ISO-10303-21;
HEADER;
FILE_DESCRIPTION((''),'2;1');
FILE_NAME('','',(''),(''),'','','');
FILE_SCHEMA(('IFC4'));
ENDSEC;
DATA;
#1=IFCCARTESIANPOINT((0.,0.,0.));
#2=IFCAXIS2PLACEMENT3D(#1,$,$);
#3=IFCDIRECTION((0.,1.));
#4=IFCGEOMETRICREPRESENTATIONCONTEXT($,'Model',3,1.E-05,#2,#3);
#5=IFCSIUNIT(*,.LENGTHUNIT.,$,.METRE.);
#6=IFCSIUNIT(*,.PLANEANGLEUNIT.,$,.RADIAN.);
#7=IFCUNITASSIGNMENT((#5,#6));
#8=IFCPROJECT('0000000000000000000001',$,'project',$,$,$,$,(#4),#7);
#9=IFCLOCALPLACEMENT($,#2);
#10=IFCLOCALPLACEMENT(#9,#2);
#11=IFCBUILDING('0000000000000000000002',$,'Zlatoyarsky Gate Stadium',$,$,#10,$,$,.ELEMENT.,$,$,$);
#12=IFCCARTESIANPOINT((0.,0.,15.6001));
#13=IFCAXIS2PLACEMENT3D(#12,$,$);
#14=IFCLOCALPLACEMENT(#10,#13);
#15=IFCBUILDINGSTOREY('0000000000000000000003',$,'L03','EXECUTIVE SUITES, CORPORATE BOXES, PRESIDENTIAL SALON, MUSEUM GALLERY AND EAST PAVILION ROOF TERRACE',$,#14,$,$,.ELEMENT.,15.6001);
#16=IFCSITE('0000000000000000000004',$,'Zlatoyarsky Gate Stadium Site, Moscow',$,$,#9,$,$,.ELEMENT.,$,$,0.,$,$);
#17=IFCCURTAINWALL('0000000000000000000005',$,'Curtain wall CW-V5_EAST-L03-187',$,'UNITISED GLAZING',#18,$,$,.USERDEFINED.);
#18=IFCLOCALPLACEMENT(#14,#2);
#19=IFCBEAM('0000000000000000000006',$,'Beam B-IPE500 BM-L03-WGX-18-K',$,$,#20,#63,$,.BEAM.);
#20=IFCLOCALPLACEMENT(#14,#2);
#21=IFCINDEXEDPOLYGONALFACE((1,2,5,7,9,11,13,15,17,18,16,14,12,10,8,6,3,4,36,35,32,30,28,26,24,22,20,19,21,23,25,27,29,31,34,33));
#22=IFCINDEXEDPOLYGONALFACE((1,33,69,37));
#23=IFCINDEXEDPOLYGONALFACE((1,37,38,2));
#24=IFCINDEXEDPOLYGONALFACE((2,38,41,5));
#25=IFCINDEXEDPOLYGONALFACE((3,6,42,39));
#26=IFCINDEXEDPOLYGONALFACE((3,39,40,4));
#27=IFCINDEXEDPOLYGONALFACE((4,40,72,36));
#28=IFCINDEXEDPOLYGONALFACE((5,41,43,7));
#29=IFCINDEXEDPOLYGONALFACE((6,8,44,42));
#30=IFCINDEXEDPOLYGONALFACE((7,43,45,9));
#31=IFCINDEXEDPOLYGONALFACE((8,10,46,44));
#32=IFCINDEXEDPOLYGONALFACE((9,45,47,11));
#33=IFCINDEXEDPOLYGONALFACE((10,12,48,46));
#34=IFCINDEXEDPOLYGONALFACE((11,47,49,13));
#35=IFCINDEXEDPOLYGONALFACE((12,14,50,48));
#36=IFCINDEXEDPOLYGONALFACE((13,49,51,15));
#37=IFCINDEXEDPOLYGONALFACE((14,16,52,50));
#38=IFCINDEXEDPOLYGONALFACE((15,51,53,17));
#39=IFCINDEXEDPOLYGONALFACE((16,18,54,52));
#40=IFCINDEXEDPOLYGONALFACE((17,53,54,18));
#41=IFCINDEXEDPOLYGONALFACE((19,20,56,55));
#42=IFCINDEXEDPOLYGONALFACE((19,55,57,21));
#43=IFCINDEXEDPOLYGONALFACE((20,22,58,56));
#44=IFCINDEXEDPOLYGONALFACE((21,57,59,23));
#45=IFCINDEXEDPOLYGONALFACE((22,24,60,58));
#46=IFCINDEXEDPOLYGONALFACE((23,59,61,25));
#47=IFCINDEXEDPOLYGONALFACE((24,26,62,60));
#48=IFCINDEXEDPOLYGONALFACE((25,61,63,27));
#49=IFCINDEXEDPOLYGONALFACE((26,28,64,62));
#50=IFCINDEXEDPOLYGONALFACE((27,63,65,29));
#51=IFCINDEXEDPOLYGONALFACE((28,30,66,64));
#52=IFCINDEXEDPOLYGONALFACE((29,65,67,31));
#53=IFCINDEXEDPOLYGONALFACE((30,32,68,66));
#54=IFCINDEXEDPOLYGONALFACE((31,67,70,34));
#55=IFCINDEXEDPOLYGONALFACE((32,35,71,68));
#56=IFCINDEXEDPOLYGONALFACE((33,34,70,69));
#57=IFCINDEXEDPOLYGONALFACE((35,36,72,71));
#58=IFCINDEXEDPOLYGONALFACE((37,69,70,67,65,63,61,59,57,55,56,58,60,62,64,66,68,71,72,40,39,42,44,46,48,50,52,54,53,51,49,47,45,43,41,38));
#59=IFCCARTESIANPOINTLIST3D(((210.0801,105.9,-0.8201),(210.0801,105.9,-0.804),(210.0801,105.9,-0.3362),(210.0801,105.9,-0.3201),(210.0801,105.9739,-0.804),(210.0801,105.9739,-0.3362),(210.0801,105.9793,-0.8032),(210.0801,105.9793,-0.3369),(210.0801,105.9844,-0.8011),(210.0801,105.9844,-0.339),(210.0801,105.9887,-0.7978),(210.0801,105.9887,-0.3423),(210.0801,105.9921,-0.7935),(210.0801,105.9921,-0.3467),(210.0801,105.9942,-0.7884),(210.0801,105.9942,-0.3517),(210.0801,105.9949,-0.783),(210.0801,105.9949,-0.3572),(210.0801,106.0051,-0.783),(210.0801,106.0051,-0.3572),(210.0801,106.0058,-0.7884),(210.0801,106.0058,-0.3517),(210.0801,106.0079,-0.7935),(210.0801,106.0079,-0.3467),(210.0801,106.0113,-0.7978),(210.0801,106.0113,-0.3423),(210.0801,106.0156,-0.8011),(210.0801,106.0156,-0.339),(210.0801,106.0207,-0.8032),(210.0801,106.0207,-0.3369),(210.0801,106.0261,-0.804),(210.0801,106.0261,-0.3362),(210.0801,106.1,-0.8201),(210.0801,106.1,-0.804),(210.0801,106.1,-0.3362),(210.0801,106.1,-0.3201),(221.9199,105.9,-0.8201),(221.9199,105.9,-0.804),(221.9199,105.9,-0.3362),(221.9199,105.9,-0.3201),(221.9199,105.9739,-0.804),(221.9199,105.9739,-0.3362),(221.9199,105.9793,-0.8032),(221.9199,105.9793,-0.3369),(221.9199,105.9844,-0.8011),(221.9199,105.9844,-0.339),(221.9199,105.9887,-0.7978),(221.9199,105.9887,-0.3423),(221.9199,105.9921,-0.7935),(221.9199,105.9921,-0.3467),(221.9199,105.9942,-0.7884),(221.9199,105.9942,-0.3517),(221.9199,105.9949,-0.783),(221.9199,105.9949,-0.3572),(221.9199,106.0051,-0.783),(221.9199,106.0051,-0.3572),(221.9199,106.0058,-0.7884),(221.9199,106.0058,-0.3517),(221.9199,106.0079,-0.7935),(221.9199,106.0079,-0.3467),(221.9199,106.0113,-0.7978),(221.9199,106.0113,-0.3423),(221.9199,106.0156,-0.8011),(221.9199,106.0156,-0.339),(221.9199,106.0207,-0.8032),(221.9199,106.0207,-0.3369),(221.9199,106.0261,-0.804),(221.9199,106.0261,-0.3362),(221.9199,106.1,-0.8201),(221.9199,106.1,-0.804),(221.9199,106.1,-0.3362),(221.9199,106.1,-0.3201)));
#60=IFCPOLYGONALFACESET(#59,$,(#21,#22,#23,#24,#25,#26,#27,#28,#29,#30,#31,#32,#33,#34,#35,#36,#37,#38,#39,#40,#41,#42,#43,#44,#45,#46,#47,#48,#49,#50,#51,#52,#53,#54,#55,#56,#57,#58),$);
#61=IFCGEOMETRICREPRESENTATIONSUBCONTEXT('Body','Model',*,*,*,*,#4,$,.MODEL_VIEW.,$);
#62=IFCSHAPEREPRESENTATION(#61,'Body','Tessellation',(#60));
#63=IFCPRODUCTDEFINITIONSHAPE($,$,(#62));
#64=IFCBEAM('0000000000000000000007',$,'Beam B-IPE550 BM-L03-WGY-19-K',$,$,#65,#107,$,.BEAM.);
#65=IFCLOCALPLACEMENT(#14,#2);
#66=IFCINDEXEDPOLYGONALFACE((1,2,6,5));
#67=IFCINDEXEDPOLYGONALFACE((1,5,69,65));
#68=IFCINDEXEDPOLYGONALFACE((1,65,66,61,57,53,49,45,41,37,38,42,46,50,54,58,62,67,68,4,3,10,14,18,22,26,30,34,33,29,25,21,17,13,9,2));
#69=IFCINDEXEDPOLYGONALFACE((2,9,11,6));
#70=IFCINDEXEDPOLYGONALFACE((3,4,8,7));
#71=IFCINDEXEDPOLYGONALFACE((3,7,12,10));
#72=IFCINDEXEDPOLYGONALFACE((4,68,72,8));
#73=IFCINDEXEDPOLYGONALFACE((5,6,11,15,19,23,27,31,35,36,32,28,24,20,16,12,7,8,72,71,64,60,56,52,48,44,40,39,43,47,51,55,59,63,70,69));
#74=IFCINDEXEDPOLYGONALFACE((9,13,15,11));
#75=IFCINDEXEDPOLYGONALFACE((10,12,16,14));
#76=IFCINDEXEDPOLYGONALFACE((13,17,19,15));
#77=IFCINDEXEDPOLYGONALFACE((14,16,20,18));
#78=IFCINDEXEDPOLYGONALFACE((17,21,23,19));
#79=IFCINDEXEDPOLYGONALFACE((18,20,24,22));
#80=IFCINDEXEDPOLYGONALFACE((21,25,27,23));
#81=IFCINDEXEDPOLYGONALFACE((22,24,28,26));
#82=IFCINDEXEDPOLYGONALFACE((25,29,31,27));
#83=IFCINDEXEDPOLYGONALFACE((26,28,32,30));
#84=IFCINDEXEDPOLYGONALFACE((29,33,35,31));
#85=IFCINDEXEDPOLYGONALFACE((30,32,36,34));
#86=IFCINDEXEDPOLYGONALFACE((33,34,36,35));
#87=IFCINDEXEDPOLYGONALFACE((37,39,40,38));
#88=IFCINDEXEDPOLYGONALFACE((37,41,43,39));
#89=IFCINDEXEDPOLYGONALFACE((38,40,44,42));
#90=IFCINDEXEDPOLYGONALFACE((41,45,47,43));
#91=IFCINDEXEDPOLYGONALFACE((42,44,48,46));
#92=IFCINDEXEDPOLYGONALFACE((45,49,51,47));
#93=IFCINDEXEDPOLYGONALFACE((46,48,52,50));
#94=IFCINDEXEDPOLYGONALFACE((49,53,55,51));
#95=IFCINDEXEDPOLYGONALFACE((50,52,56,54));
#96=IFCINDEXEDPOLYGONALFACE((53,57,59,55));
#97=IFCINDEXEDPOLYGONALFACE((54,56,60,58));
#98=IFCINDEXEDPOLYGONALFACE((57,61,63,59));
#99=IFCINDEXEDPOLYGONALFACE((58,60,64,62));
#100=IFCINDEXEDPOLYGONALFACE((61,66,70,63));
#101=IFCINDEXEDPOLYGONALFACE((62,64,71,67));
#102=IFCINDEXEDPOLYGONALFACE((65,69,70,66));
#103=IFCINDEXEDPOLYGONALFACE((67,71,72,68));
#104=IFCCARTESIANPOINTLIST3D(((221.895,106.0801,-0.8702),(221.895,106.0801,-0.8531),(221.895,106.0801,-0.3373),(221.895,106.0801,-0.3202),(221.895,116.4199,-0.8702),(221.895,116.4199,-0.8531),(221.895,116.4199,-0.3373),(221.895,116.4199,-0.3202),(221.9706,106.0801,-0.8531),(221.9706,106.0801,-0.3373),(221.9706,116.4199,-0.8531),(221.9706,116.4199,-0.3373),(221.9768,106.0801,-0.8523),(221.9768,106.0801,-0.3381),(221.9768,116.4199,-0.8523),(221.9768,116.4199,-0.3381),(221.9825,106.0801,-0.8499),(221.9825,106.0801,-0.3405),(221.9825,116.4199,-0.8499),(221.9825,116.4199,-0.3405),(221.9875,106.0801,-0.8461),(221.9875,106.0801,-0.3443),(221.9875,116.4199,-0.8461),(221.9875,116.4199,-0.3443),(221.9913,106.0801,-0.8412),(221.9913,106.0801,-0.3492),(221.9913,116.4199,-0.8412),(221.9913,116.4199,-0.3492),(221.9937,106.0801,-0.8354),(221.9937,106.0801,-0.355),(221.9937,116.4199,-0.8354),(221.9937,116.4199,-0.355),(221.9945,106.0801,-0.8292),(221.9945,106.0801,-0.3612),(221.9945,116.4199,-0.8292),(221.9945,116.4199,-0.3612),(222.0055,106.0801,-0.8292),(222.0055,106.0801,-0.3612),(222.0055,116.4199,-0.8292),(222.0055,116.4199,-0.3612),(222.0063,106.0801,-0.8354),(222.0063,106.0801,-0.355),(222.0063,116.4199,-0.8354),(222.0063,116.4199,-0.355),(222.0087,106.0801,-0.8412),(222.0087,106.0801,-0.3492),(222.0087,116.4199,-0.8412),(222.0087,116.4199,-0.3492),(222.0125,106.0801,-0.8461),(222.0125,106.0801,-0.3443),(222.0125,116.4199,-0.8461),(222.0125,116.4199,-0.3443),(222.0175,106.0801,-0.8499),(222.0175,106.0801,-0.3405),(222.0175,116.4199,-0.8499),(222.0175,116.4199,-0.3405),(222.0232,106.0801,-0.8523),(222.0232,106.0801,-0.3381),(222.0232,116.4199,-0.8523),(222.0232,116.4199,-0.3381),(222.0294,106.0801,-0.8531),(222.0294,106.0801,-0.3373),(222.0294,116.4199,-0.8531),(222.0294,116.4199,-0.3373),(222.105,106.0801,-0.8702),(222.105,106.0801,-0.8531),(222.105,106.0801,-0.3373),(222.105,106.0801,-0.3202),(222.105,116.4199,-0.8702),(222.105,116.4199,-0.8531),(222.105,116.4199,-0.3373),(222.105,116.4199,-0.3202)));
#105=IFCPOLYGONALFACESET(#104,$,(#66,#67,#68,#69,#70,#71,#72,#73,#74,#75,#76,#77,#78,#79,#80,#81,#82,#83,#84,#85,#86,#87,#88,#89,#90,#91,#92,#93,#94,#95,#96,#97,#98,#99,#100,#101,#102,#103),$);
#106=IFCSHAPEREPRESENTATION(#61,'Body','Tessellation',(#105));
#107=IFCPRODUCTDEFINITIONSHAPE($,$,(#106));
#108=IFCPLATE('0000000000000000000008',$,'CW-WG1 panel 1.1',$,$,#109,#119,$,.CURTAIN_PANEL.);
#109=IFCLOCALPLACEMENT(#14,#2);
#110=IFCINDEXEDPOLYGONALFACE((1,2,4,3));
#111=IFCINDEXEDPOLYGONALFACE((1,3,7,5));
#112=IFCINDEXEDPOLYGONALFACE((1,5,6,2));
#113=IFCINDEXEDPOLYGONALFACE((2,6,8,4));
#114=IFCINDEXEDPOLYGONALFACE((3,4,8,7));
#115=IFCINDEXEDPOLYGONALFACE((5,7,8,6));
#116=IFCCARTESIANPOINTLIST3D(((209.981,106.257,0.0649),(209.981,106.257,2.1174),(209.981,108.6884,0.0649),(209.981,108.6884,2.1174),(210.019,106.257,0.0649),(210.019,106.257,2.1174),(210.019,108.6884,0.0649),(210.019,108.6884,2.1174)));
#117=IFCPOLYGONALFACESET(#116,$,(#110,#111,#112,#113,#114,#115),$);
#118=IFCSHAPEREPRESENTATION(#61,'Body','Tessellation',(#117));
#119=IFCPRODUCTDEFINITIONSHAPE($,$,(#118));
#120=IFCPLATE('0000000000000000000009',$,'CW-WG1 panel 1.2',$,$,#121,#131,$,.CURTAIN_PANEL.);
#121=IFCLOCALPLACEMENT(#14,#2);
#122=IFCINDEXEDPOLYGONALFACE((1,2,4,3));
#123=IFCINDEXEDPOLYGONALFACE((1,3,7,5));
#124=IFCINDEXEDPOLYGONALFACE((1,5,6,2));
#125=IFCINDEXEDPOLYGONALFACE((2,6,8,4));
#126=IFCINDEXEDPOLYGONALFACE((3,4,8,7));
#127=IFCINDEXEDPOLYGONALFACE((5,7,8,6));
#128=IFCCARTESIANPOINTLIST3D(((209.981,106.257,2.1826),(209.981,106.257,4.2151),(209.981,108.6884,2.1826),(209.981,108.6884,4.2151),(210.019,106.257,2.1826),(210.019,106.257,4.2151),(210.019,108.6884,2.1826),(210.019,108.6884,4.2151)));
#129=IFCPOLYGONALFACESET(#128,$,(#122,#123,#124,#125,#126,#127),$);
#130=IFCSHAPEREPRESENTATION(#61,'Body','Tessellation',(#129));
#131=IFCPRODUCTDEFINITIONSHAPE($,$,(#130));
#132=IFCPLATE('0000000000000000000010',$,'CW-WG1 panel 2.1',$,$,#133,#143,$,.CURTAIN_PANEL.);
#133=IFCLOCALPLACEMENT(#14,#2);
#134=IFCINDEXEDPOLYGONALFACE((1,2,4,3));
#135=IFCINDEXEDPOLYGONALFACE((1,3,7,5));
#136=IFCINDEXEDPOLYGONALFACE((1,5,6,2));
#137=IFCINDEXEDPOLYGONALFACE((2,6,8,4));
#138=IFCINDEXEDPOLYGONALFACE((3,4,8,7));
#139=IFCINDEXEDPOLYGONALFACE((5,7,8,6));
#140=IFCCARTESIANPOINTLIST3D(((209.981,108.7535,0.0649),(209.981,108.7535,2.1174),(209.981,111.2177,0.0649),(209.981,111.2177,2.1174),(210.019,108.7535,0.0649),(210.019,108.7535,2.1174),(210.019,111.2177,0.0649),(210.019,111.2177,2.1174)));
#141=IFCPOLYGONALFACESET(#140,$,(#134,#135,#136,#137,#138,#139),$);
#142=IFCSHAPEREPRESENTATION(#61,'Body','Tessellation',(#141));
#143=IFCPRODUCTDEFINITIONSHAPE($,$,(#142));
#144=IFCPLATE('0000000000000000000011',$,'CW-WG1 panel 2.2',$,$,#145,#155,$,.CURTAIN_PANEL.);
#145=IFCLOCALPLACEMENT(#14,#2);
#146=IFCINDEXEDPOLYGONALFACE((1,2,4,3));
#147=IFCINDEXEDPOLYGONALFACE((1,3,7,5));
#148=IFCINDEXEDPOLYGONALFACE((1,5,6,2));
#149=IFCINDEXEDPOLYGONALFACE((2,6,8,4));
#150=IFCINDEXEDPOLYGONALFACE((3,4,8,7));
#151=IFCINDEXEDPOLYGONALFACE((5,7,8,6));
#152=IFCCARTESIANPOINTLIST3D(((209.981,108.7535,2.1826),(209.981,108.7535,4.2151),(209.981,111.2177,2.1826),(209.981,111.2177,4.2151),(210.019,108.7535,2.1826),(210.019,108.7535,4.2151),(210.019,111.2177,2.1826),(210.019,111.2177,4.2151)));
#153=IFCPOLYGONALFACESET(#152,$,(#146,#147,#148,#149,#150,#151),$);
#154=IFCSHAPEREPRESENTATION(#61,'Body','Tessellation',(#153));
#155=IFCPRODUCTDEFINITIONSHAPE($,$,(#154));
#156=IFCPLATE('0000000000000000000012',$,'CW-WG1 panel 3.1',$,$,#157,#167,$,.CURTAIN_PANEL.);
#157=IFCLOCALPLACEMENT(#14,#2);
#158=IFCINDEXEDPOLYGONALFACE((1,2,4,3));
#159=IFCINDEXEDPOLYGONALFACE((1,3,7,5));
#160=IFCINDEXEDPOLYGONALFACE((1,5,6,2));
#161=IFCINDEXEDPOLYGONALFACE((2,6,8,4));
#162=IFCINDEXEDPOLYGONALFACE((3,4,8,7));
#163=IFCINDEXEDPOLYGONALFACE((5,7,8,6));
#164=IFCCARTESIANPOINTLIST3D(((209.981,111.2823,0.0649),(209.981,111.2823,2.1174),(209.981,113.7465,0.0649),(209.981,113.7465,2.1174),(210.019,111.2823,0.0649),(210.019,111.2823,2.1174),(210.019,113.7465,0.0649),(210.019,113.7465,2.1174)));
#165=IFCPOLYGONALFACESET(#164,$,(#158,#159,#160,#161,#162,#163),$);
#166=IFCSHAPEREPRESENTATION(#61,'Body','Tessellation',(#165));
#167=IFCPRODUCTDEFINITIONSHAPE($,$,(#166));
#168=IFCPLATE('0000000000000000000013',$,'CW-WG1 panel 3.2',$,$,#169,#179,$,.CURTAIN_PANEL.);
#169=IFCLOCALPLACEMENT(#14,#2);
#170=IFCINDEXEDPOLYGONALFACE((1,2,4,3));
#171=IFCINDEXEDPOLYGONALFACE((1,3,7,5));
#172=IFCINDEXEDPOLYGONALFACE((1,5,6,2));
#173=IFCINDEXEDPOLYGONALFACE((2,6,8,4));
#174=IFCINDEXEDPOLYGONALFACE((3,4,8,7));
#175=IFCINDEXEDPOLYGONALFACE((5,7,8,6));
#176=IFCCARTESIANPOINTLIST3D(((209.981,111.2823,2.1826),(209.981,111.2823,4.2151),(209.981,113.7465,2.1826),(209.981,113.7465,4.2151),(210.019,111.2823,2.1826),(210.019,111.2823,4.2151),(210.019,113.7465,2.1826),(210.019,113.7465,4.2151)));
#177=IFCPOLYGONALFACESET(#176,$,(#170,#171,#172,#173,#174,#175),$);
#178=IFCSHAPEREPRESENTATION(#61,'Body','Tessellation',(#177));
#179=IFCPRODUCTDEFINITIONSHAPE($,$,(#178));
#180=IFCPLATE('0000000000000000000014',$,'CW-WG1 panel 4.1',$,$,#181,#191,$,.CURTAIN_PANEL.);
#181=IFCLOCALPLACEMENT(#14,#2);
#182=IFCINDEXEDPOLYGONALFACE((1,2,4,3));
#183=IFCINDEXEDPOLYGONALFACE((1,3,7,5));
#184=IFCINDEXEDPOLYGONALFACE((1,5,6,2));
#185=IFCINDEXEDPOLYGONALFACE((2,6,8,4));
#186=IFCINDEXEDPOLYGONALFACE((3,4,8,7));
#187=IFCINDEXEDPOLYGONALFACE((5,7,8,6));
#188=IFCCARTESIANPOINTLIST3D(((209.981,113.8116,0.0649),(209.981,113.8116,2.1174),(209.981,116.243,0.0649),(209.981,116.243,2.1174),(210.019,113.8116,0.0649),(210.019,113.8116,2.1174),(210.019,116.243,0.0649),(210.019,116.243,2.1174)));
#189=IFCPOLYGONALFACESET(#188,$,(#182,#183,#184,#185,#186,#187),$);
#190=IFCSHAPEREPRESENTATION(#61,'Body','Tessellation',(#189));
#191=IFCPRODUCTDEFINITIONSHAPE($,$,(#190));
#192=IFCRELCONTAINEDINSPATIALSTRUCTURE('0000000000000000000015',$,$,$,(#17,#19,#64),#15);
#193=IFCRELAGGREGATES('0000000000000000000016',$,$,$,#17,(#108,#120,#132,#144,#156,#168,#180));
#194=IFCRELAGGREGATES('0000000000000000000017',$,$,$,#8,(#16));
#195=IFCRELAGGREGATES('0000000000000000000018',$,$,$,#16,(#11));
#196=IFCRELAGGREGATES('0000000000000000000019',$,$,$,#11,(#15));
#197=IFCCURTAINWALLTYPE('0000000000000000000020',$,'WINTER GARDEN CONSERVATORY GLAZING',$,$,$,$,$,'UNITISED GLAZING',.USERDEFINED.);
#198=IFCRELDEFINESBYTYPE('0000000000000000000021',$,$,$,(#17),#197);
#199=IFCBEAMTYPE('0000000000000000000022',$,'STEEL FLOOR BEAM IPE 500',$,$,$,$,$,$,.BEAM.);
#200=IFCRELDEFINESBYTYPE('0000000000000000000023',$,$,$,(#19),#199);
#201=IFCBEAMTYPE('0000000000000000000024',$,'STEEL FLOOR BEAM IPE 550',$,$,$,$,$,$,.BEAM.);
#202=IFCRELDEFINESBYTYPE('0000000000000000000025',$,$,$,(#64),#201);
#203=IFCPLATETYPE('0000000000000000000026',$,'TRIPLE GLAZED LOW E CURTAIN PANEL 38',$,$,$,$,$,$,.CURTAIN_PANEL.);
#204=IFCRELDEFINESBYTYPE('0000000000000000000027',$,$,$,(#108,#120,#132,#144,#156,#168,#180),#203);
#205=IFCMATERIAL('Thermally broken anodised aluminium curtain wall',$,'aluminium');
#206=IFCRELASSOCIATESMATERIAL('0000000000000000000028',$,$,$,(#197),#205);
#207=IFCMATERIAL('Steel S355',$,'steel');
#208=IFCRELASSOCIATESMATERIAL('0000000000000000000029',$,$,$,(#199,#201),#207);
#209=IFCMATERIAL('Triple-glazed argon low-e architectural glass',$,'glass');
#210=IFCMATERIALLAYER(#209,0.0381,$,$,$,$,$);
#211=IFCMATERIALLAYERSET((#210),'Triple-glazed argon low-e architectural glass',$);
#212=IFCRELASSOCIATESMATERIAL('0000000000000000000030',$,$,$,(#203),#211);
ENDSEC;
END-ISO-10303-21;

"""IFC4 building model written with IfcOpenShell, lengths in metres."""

from ifc_helpers import new_model, si_unit, direction, frame, origin, origin_2d, place, context, subcontext, project, spatial, rectangle, i_section, extrude, material, layer, layer_set, material_profile, profile_set, type_object, element, aggregate, save


model = new_model("IFC4")

# Units and contexts
model_context = context("Model", 3, precision=1e-05, world=origin(), true_north=direction((0.0, 1.0)))
body_context = subcontext(model_context, "Body", "Model", "MODEL_VIEW")
ifc_project = project(units=[si_unit("LENGTHUNIT", "METRE"), si_unit("PLANEANGLEUNIT", "RADIAN")], contexts=[model_context])

# Site, building, storey
site_placement = place(None, origin())
site = spatial("IfcSite", under=ifc_project, at=site_placement, Name="Zlatoyarsky Gate Stadium Site, Moscow", CompositionType="ELEMENT", RefElevation=0.0)
building_placement = place(site_placement, origin())
building = spatial("IfcBuilding", under=site, at=building_placement, Name="Zlatoyarsky Gate Stadium", CompositionType="ELEMENT")
storey_placement = place(building_placement, frame((0.0, 0.0, 15.6001)))
storey = spatial("IfcBuildingStorey", under=building, at=storey_placement, Name="L03", Description="EXECUTIVE SUITES, CORPORATE BOXES, PRESIDENTIAL SALON, MUSEUM GALLERY AND EAST PAVILION ROOF TERRACE", CompositionType="ELEMENT", Elevation=15.6001)

# Curtain wall
ifc_material_1 = material(Name="Thermally broken anodised aluminium curtain wall", Category="aluminium")
curtain_wall_type = type_object("IfcCurtainWallType", Name="WINTER GARDEN CONSERVATORY GLAZING", ElementType="UNITISED GLAZING", PredefinedType="USERDEFINED", material=ifc_material_1)
curtain_wall_placement = place(storey_placement, origin())
curtain_wall = element("IfcCurtainWall", 1, at=curtain_wall_placement, inside=storey, type_object=curtain_wall_type, Name="Curtain wall CW-V5_EAST-L03-187", ObjectType="UNITISED GLAZING", PredefinedType="USERDEFINED")

# Beams
ifc_material_2 = material(Name="Steel S355", Category="steel")
ifc_material_profile_1 = material_profile(ifc_material_2, i_section(OverallWidth=0.2, OverallDepth=0.5, WebThickness=0.0103, FlangeThickness=0.0161, FilletRadius=0.021, at=origin_2d()), Name="IPE 500")
ifc_profile_set_1 = profile_set([ifc_material_profile_1], Name="Steel S355")
beam_type_1 = type_object("IfcBeamType", Name="STEEL FLOOR BEAM IPE 500", PredefinedType="BEAM", material=ifc_profile_set_1)
beam_1_placement = place(storey_placement, frame((210.0801, 106.0, -0.5701), z_axis=(1.0, 0.0, 0.0), x_axis=(0.0, 1.0, 0.0)))
element("IfcBeam", 2, at=beam_1_placement, inside=storey, type_object=beam_type_1, Name="Beam B-IPE500 BM-L03-WGX-18-K", PredefinedType="BEAM", context=body_context, shape_type="SweptSolid", body=[
    extrude(i_section(OverallWidth=0.2, OverallDepth=0.5, WebThickness=0.0103, FlangeThickness=0.0161, FilletRadius=0.021, at=origin_2d()), origin(), (0.0, 0.0, 1.0), 11.8398),
])
ifc_material_profile_2 = material_profile(ifc_material_2, i_section(OverallWidth=0.21, OverallDepth=0.55, WebThickness=0.011, FlangeThickness=0.0171, FilletRadius=0.0239, at=origin_2d()), Name="IPE 550")
ifc_profile_set_2 = profile_set([ifc_material_profile_2], Name="Steel S355")
beam_type_2 = type_object("IfcBeamType", Name="STEEL FLOOR BEAM IPE 550", PredefinedType="BEAM", material=ifc_profile_set_2)
beam_2_placement = place(storey_placement, frame((222.0, 106.0801, -0.5952), z_axis=(0.0, 1.0, 0.0), x_axis=(-1.0, 0.0, 0.0)))
element("IfcBeam", 3, at=beam_2_placement, inside=storey, type_object=beam_type_2, Name="Beam B-IPE550 BM-L03-WGY-19-K", PredefinedType="BEAM", context=body_context, shape_type="SweptSolid", body=[
    extrude(i_section(OverallWidth=0.21, OverallDepth=0.55, WebThickness=0.011, FlangeThickness=0.0171, FilletRadius=0.0239, at=origin_2d()), origin(), (0.0, 0.0, 1.0), 10.3398),
])

# Plates
ifc_material_3 = material(Name="Triple-glazed argon low-e architectural glass", Category="glass")
ifc_layer = layer(ifc_material_3, 0.0381)
ifc_layer_set = layer_set([ifc_layer], Name="Triple-glazed argon low-e architectural glass")
plate_type = type_object("IfcPlateType", Name="TRIPLE GLAZED LOW E CURTAIN PANEL 38", PredefinedType="CURTAIN_PANEL", material=ifc_layer_set)
plate_1_placement = place(storey_placement, frame((210.0, 107.4727, 0.0649), z_axis=(0.0, 0.0, 1.0), x_axis=(0.0, 1.0, 0.0)))
plate_1 = element("IfcPlate", 4, at=plate_1_placement, type_object=plate_type, Name="CW-WG1 panel 1.1", PredefinedType="CURTAIN_PANEL", context=body_context, shape_type="SweptSolid", body=[
    extrude(rectangle(XDim=2.4314, YDim=0.0381, at=origin_2d()), origin(), (0.0, 0.0, 1.0), 2.0525),
])
plate_2_placement = place(storey_placement, frame((210.0, 107.4727, 2.1826), z_axis=(0.0, 0.0, 1.0), x_axis=(0.0, 1.0, 0.0)))
plate_2 = element("IfcPlate", 5, at=plate_2_placement, type_object=plate_type, Name="CW-WG1 panel 1.2", PredefinedType="CURTAIN_PANEL", context=body_context, shape_type="SweptSolid", body=[
    extrude(rectangle(XDim=2.4314, YDim=0.0381, at=origin_2d()), origin(), (0.0, 0.0, 1.0), 2.0325),
])
plate_3_placement = place(storey_placement, frame((210.0, 109.9856, 0.0649), z_axis=(0.0, 0.0, 1.0), x_axis=(0.0, 1.0, 0.0)))
plate_3 = element("IfcPlate", 6, at=plate_3_placement, type_object=plate_type, Name="CW-WG1 panel 2.1", PredefinedType="CURTAIN_PANEL", context=body_context, shape_type="SweptSolid", body=[
    extrude(rectangle(XDim=2.4641, YDim=0.0381, at=origin_2d()), origin(), (0.0, 0.0, 1.0), 2.0525),
])
plate_4_placement = place(storey_placement, frame((210.0, 109.9856, 2.1826), z_axis=(0.0, 0.0, 1.0), x_axis=(0.0, 1.0, 0.0)))
plate_4 = element("IfcPlate", 7, at=plate_4_placement, type_object=plate_type, Name="CW-WG1 panel 2.2", PredefinedType="CURTAIN_PANEL", context=body_context, shape_type="SweptSolid", body=[
    extrude(rectangle(XDim=2.4641, YDim=0.0381, at=origin_2d()), origin(), (0.0, 0.0, 1.0), 2.0325),
])
plate_5_placement = place(storey_placement, frame((210.0, 112.5144, 0.0649), z_axis=(0.0, 0.0, 1.0), x_axis=(0.0, 1.0, 0.0)))
plate_5 = element("IfcPlate", 8, at=plate_5_placement, type_object=plate_type, Name="CW-WG1 panel 3.1", PredefinedType="CURTAIN_PANEL", context=body_context, shape_type="SweptSolid", body=[
    extrude(rectangle(XDim=2.4641, YDim=0.0381, at=origin_2d()), origin(), (0.0, 0.0, 1.0), 2.0525),
])
plate_6_placement = place(storey_placement, frame((210.0, 112.5144, 2.1826), z_axis=(0.0, 0.0, 1.0), x_axis=(0.0, 1.0, 0.0)))
plate_6 = element("IfcPlate", 9, at=plate_6_placement, type_object=plate_type, Name="CW-WG1 panel 3.2", PredefinedType="CURTAIN_PANEL", context=body_context, shape_type="SweptSolid", body=[
    extrude(rectangle(XDim=2.4641, YDim=0.0381, at=origin_2d()), origin(), (0.0, 0.0, 1.0), 2.0325),
])
plate_7_placement = place(storey_placement, frame((210.0, 115.0273, 0.0649), z_axis=(0.0, 0.0, 1.0), x_axis=(0.0, 1.0, 0.0)))
plate_7 = element("IfcPlate", 10, at=plate_7_placement, type_object=plate_type, Name="CW-WG1 panel 4.1", PredefinedType="CURTAIN_PANEL", context=body_context, shape_type="SweptSolid", body=[
    extrude(rectangle(XDim=2.4314, YDim=0.0381, at=origin_2d()), origin(), (0.0, 0.0, 1.0), 2.0525),
])
aggregate(curtain_wall, [plate_1, plate_2, plate_3, plate_4, plate_5, plate_6, plate_7])

save(model, "model.ifc")
